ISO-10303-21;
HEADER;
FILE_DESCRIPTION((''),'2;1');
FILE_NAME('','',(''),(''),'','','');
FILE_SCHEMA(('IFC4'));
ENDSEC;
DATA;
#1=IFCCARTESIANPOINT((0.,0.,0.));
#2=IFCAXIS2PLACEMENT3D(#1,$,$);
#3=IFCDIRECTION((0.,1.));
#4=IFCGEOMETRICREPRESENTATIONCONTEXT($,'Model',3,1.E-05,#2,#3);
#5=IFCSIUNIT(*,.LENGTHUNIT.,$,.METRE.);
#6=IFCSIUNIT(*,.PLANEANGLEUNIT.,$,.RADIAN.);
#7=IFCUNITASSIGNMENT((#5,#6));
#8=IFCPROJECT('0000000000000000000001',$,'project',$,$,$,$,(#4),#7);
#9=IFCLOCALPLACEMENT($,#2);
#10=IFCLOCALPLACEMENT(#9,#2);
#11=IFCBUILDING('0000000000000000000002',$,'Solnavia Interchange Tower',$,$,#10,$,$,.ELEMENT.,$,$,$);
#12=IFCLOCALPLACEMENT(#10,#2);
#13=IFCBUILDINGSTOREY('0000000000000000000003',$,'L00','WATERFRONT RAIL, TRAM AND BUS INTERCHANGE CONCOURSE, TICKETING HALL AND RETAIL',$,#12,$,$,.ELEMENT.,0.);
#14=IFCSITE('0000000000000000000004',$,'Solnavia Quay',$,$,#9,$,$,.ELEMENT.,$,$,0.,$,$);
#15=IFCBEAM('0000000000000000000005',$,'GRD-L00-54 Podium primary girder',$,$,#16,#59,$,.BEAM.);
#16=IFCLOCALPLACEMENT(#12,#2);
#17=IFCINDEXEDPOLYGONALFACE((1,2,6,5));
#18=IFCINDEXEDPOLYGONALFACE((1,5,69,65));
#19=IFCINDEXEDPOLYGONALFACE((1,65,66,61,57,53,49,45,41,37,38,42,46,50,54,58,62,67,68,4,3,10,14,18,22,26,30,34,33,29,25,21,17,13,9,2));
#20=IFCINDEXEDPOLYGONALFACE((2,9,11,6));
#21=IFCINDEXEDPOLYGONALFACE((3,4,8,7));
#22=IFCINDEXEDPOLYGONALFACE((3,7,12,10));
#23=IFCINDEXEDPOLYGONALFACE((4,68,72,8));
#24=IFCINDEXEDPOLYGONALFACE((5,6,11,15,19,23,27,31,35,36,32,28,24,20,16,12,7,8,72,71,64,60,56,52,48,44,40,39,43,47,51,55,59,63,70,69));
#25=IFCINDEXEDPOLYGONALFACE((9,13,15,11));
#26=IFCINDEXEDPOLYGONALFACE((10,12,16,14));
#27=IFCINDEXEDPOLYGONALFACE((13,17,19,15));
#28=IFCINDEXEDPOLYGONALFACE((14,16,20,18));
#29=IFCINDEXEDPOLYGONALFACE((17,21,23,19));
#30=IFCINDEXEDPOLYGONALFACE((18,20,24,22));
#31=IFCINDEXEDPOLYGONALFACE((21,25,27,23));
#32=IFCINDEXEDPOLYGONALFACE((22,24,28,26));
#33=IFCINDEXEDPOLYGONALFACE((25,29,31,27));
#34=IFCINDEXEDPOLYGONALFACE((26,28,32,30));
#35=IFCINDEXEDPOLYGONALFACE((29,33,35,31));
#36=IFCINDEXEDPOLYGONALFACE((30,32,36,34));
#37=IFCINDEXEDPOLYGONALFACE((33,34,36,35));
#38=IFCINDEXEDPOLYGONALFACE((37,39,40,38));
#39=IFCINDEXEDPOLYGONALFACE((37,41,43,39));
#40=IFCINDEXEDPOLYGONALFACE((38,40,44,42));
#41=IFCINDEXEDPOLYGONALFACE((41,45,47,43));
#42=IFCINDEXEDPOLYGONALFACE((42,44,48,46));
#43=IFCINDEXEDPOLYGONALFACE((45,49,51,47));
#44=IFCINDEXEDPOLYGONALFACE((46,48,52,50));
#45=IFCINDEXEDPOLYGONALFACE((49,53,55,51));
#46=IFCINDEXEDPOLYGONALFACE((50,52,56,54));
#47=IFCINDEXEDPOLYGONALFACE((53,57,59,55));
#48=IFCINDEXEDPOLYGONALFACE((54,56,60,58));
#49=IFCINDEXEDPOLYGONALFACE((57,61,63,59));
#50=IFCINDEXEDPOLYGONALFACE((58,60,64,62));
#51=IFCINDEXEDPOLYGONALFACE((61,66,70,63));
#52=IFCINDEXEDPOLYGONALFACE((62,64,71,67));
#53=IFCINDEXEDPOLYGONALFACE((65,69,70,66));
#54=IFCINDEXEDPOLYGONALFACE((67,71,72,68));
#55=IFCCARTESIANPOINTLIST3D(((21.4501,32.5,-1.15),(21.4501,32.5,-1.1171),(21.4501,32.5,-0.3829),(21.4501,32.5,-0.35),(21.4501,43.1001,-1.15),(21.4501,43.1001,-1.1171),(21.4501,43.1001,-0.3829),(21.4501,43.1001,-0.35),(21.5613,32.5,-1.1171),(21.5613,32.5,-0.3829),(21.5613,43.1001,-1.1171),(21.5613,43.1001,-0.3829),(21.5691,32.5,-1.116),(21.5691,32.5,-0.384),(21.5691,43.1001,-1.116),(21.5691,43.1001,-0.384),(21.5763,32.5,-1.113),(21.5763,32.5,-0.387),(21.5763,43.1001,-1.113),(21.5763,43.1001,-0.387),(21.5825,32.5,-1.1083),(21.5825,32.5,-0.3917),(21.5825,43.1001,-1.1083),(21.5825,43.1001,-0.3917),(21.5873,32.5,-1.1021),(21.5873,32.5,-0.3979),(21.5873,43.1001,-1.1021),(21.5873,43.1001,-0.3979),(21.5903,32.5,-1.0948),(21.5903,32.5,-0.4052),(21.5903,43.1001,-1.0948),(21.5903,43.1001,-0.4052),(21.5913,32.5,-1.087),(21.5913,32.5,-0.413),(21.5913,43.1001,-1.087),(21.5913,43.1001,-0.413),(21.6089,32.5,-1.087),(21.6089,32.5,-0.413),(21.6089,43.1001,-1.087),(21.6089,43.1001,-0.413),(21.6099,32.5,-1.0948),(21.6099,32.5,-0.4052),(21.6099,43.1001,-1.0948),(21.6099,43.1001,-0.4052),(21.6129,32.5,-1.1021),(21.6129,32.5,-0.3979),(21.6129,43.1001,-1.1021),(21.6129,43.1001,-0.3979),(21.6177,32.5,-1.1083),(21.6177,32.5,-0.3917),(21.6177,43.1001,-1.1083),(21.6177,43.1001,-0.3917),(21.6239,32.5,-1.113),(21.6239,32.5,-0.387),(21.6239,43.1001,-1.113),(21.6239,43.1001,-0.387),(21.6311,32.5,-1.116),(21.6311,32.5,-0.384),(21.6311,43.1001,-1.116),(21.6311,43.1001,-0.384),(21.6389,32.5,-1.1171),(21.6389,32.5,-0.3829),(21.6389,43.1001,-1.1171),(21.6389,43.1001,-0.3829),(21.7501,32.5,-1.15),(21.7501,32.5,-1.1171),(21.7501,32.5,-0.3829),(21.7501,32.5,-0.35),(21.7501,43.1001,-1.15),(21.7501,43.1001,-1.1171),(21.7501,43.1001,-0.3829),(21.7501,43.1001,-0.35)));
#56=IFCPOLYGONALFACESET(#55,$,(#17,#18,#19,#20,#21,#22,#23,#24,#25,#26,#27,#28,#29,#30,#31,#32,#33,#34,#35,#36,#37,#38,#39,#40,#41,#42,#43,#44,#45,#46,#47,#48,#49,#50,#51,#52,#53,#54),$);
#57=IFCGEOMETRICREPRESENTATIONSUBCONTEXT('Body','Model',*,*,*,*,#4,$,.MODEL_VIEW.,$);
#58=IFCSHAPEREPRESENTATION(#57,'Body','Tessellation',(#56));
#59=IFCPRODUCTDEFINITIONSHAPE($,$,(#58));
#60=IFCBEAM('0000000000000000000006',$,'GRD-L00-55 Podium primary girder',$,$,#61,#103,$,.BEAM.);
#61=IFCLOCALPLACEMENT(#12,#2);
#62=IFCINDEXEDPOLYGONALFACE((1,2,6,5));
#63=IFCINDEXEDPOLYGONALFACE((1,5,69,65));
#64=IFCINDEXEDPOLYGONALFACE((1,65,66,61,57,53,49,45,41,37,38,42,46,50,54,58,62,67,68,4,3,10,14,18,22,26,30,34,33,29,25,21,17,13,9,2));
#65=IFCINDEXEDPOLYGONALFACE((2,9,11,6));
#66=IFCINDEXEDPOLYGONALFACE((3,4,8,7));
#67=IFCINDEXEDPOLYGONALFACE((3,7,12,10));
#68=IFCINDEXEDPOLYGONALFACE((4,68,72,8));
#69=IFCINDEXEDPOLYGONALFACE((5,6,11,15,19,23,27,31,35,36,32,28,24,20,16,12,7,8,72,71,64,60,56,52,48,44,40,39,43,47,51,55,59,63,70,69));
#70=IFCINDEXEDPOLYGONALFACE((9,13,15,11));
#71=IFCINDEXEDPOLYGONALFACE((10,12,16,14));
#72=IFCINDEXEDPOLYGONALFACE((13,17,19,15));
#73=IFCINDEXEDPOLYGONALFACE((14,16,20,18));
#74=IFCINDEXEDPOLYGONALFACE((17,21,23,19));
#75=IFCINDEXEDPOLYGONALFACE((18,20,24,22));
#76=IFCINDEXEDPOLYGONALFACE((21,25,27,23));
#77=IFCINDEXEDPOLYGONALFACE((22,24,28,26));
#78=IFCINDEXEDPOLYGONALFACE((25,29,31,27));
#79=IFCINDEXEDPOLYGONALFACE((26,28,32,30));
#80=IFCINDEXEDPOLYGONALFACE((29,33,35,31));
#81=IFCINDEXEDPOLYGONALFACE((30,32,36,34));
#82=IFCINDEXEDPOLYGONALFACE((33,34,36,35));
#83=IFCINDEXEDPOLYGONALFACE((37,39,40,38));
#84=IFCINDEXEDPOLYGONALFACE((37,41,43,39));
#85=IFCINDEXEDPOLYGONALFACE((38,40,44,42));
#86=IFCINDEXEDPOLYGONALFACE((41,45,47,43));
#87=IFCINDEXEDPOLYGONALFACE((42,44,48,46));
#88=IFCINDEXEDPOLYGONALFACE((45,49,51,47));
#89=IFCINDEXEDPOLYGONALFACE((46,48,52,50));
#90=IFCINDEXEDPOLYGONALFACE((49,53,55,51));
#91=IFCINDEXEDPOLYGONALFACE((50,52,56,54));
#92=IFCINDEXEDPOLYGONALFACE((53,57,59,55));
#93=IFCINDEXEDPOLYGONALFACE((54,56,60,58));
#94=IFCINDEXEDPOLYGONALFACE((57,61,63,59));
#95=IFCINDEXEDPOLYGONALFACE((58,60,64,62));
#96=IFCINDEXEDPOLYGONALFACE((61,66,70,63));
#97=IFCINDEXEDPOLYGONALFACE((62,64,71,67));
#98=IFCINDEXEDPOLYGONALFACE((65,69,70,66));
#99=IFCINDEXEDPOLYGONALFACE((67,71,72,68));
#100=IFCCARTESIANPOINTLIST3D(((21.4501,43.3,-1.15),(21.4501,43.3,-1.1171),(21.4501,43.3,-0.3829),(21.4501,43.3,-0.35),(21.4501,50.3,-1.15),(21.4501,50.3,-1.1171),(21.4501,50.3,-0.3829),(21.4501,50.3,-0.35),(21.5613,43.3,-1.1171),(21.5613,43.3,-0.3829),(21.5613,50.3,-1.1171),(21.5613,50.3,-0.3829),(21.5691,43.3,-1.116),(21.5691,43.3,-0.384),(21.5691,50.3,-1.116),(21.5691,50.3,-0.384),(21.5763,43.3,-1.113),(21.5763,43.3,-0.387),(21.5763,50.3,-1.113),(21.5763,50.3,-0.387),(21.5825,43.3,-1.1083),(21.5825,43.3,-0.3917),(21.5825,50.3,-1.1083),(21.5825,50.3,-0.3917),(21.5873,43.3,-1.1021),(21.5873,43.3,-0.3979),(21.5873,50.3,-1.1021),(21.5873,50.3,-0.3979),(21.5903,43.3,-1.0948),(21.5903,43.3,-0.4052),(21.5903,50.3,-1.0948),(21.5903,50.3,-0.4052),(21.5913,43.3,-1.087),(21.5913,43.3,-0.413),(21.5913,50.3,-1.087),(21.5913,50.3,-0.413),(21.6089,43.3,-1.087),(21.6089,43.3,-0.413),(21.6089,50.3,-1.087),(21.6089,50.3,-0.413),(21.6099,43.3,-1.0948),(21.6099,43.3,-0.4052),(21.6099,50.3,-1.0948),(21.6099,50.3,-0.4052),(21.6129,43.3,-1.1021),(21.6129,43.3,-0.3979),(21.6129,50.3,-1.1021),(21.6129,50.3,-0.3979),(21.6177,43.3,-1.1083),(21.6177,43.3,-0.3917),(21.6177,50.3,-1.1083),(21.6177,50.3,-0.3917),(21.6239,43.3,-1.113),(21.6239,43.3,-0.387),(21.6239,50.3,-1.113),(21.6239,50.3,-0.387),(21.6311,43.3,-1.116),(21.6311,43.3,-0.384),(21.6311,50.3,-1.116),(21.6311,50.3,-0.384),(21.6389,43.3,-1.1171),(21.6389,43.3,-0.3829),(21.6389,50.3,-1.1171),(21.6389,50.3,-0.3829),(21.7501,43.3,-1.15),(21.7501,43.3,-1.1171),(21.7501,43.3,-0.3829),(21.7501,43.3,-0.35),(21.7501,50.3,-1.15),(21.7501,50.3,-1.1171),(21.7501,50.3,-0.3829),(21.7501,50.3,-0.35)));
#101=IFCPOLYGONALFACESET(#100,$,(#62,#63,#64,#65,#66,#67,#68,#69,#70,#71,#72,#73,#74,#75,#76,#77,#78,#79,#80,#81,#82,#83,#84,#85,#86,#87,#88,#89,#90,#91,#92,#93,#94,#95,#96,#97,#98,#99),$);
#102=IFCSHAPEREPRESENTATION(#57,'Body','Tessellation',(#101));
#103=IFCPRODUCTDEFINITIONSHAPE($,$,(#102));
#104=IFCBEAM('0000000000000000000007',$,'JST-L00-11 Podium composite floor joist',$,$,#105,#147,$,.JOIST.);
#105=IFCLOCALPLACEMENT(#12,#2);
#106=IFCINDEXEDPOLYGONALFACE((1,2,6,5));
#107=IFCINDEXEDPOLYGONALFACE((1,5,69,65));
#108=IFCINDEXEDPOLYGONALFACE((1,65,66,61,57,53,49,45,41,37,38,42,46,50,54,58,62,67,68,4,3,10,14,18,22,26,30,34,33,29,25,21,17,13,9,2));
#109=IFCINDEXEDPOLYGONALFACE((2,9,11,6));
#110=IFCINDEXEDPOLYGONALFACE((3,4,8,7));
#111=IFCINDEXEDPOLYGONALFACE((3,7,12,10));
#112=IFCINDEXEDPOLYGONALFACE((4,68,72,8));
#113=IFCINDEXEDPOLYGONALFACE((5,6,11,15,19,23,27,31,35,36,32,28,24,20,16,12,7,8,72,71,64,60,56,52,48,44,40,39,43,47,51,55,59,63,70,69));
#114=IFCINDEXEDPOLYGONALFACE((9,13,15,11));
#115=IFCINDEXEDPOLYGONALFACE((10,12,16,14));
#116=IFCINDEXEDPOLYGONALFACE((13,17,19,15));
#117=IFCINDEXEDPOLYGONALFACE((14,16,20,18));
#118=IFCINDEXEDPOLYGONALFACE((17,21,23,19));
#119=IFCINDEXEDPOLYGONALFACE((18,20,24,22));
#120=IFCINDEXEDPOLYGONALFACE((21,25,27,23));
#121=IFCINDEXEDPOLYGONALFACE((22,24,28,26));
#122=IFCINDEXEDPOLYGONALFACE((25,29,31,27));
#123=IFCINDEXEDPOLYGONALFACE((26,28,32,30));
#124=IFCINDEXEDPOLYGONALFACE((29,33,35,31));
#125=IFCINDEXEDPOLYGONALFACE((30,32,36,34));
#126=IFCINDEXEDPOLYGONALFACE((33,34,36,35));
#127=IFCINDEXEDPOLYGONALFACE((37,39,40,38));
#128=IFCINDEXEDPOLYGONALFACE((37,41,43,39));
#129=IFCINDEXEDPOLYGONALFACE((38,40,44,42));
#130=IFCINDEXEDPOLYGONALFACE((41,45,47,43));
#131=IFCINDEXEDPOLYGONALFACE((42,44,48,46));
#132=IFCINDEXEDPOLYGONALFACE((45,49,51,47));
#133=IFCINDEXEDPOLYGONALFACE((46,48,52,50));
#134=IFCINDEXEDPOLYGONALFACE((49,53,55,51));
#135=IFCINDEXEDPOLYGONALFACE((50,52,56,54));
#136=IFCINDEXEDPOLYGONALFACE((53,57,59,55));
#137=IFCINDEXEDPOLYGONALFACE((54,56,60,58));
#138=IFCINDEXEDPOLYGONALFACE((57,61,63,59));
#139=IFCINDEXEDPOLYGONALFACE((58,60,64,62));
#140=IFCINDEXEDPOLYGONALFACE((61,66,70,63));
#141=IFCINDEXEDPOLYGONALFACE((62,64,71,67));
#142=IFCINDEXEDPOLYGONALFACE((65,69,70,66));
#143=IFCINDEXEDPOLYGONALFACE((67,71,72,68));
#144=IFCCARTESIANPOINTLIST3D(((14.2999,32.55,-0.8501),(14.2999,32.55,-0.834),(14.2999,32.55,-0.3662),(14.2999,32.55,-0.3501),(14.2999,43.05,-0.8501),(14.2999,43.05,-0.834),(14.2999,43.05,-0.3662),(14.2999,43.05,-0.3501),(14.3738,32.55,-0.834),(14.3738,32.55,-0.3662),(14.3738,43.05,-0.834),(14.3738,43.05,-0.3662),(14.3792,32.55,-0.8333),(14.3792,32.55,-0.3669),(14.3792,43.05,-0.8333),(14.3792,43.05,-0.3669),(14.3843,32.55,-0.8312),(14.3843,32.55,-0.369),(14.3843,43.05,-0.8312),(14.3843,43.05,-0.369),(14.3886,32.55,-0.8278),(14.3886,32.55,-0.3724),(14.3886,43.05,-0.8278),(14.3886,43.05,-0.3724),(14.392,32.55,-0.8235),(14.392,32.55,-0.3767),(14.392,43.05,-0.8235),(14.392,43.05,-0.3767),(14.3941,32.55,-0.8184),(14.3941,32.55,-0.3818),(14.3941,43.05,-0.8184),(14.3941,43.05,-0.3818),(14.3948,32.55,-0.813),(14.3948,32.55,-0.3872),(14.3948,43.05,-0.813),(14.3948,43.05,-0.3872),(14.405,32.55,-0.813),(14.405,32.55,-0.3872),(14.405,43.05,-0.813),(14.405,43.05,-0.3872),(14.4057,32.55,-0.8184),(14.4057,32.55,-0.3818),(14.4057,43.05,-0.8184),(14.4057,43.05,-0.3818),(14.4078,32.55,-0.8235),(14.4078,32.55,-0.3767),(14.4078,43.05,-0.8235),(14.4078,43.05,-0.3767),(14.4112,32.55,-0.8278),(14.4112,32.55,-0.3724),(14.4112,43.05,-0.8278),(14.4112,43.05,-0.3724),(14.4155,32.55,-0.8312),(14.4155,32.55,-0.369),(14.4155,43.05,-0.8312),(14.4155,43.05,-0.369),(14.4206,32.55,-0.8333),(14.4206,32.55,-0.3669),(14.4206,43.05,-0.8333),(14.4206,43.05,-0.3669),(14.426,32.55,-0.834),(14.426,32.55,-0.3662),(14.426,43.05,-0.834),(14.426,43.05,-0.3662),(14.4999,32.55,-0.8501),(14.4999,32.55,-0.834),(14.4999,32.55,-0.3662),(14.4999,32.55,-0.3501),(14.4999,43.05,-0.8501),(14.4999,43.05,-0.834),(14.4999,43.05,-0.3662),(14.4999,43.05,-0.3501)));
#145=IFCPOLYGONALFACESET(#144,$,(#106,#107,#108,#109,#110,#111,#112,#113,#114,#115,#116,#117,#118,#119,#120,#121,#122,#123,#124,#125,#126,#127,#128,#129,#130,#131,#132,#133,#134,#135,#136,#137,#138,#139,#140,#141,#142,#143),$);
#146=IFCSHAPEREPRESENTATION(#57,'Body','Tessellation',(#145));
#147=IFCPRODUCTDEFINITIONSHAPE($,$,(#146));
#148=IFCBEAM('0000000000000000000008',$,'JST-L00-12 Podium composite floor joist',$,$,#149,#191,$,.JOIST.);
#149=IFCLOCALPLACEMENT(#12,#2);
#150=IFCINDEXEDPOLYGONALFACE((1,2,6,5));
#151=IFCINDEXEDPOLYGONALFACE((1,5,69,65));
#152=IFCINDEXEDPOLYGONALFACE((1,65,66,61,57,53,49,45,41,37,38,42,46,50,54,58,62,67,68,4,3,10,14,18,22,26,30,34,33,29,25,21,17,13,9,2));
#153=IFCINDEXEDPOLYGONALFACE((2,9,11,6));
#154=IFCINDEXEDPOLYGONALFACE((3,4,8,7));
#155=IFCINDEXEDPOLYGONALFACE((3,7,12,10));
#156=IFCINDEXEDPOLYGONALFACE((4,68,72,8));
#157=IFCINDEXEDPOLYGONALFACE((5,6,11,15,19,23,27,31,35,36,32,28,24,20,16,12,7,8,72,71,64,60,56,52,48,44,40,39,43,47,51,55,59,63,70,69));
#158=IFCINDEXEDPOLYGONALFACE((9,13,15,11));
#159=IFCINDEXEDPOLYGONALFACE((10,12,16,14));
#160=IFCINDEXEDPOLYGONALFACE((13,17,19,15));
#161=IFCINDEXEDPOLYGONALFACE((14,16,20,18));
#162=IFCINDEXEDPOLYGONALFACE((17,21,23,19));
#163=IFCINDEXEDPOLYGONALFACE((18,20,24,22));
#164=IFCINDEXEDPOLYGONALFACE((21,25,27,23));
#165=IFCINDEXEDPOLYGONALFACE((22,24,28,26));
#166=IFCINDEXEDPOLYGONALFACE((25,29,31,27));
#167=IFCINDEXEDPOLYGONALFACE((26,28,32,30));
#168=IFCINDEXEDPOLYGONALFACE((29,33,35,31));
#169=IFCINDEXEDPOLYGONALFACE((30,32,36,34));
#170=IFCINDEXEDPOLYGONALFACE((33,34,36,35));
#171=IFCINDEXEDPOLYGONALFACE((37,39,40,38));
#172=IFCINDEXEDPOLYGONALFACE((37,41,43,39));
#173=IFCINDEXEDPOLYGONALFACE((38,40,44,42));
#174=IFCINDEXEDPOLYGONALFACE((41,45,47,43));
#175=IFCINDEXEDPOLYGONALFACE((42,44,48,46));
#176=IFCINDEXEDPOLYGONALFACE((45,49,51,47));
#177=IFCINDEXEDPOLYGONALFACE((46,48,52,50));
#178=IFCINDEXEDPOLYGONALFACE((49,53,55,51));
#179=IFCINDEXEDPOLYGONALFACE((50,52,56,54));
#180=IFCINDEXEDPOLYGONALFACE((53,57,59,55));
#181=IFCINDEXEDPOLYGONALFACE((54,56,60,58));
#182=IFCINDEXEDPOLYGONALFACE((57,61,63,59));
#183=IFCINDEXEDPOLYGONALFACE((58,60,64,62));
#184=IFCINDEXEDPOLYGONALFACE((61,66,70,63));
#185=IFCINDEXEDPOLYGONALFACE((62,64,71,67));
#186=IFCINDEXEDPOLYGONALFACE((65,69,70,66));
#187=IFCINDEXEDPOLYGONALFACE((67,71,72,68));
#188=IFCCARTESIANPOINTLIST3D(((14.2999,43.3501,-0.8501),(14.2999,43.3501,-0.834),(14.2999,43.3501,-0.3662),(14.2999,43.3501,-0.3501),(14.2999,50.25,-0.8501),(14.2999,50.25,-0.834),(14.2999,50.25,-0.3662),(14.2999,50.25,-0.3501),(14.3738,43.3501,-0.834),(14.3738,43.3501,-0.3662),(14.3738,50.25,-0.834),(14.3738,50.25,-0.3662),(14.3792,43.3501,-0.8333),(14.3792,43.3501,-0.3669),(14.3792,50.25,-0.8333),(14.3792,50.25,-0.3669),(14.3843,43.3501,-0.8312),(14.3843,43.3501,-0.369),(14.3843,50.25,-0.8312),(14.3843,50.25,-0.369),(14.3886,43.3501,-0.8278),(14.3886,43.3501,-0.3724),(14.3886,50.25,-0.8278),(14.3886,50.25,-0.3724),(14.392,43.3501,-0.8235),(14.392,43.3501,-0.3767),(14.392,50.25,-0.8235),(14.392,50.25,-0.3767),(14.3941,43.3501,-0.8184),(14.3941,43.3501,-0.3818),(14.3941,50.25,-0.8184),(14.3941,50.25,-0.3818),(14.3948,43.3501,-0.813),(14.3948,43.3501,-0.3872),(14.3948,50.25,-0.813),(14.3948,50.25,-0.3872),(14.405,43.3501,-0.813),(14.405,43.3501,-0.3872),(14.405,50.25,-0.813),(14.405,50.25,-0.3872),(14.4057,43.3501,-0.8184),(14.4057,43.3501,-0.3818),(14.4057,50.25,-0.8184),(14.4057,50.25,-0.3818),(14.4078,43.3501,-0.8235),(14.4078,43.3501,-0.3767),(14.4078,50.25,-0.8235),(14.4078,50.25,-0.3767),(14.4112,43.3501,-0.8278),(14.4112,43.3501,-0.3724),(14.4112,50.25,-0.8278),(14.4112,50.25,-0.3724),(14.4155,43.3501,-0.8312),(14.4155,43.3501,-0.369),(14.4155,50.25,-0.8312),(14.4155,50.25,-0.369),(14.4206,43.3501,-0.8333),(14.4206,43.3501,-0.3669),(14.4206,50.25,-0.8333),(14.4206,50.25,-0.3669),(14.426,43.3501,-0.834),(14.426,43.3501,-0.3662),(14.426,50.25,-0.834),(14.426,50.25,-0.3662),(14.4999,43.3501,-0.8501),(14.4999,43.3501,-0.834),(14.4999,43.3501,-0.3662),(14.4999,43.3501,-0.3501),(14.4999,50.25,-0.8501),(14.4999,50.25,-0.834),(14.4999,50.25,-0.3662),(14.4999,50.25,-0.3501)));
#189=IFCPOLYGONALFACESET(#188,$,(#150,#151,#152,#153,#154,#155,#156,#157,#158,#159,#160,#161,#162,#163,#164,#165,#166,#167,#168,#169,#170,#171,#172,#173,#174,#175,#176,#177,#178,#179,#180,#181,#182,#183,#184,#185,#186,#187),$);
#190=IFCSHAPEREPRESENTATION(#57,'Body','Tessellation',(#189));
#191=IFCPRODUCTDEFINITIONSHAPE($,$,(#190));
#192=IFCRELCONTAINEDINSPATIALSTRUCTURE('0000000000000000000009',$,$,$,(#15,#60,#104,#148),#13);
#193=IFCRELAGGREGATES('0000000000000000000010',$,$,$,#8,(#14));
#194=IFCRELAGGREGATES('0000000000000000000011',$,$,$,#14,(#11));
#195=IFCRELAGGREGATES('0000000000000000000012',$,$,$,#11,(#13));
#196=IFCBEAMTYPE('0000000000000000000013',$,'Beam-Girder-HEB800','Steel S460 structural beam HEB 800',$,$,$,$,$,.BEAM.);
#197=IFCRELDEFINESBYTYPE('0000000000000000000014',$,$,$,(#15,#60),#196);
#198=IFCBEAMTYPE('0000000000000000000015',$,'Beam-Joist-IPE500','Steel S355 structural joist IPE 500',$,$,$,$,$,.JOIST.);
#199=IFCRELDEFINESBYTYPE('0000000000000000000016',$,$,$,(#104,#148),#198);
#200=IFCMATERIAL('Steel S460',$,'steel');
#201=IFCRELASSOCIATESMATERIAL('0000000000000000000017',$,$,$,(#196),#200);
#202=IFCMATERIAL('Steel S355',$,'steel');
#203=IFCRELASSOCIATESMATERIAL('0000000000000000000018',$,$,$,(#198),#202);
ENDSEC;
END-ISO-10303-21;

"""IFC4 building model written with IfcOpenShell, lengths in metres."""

from ifc_helpers import new_model, si_unit, direction, frame, origin, origin_2d, place, context, subcontext, project, spatial, i_section, extrude, material, material_profile, profile_set, type_object, element, save


model = new_model("IFC4")

# Units and contexts
model_context = context("Model", 3, precision=1e-05, world=origin(), true_north=direction((0.0, 1.0)))
body_context = subcontext(model_context, "Body", "Model", "MODEL_VIEW")
ifc_project = project(units=[si_unit("LENGTHUNIT", "METRE"), si_unit("PLANEANGLEUNIT", "RADIAN")], contexts=[model_context])

# Site, building, storey
site_placement = place(None, origin())
site = spatial("IfcSite", under=ifc_project, at=site_placement, Name="Solnavia Quay", CompositionType="ELEMENT", RefElevation=0.0)
building_placement = place(site_placement, origin())
building = spatial("IfcBuilding", under=site, at=building_placement, Name="Solnavia Interchange Tower", CompositionType="ELEMENT")
storey_placement = place(building_placement, origin())
storey = spatial("IfcBuildingStorey", under=building, at=storey_placement, Name="L00", Description="WATERFRONT RAIL, TRAM AND BUS INTERCHANGE CONCOURSE, TICKETING HALL AND RETAIL", CompositionType="ELEMENT", Elevation=0.0)

# Beams
ifc_material_1 = material(Name="Steel S460", Category="steel")
ifc_material_profile_1 = material_profile(ifc_material_1, i_section(OverallWidth=0.3, OverallDepth=0.8, WebThickness=0.0176, FlangeThickness=0.033, FilletRadius=0.03, at=origin_2d()), Name="HEB 800")
ifc_profile_set_1 = profile_set([ifc_material_profile_1], Name="Steel S460")
beam_type_1 = type_object("IfcBeamType", Name="Beam-Girder-HEB800", Description="Steel S460 structural beam HEB 800", PredefinedType="BEAM", material=ifc_profile_set_1)
for number, where, z_axis, x_axis, name in (
    (1, (21.6001, 32.5, -0.75), (0.0, 1.0, 0.0), (-1.0, 0.0, 0.0), "GRD-L00-54 Podium primary girder"),
):
    element("IfcBeam", number, at=place(storey_placement, frame(where, z_axis=z_axis, x_axis=x_axis)), inside=storey, type_object=beam_type_1, Name=name, PredefinedType="BEAM", context=body_context, shape_type="SweptSolid", body=[
        extrude(i_section(OverallWidth=0.3, OverallDepth=0.8, WebThickness=0.0176, FlangeThickness=0.033, FilletRadius=0.03, at=origin_2d()), origin(), (0.0, 0.0, 1.0), 10.6001),
    ])
beam_1_placement = place(storey_placement, frame((21.6001, 43.3, -0.75), z_axis=(0.0, 1.0, 0.0), x_axis=(-1.0, 0.0, 0.0)))
element("IfcBeam", 2, at=beam_1_placement, inside=storey, type_object=beam_type_1, Name="GRD-L00-55 Podium primary girder", PredefinedType="BEAM", context=body_context, shape_type="SweptSolid", body=[
    extrude(i_section(OverallWidth=0.3, OverallDepth=0.8, WebThickness=0.0176, FlangeThickness=0.033, FilletRadius=0.03, at=origin_2d()), origin(), (0.0, 0.0, 1.0), 7.0),
])
ifc_material_2 = material(Name="Steel S355", Category="steel")
ifc_material_profile_2 = material_profile(ifc_material_2, i_section(OverallWidth=0.2, OverallDepth=0.5, WebThickness=0.0103, FlangeThickness=0.0161, FilletRadius=0.021, at=origin_2d()), Name="IPE 500")
ifc_profile_set_2 = profile_set([ifc_material_profile_2], Name="Steel S355")
beam_type_2 = type_object("IfcBeamType", Name="Beam-Joist-IPE500", Description="Steel S355 structural joist IPE 500", PredefinedType="JOIST", material=ifc_profile_set_2)
beam_2_placement = place(storey_placement, frame((14.3999, 32.55, -0.6001), z_axis=(0.0, 1.0, 0.0), x_axis=(-1.0, 0.0, 0.0)))
element("IfcBeam", 3, at=beam_2_placement, inside=storey, type_object=beam_type_2, Name="JST-L00-11 Podium composite floor joist", PredefinedType="JOIST", context=body_context, shape_type="SweptSolid", body=[
    extrude(i_section(OverallWidth=0.2, OverallDepth=0.5, WebThickness=0.0103, FlangeThickness=0.0161, FilletRadius=0.021, at=origin_2d()), origin(), (0.0, 0.0, 1.0), 10.5),
])
beam_3_placement = place(storey_placement, frame((14.3999, 43.3501, -0.6001), z_axis=(0.0, 1.0, 0.0), x_axis=(-1.0, 0.0, 0.0)))
element("IfcBeam", 4, at=beam_3_placement, inside=storey, type_object=beam_type_2, Name="JST-L00-12 Podium composite floor joist", PredefinedType="JOIST", context=body_context, shape_type="SweptSolid", body=[
    extrude(i_section(OverallWidth=0.2, OverallDepth=0.5, WebThickness=0.0103, FlangeThickness=0.0161, FilletRadius=0.021, at=origin_2d()), origin(), (0.0, 0.0, 1.0), 6.8999),
])

save(model, "model.ifc")
